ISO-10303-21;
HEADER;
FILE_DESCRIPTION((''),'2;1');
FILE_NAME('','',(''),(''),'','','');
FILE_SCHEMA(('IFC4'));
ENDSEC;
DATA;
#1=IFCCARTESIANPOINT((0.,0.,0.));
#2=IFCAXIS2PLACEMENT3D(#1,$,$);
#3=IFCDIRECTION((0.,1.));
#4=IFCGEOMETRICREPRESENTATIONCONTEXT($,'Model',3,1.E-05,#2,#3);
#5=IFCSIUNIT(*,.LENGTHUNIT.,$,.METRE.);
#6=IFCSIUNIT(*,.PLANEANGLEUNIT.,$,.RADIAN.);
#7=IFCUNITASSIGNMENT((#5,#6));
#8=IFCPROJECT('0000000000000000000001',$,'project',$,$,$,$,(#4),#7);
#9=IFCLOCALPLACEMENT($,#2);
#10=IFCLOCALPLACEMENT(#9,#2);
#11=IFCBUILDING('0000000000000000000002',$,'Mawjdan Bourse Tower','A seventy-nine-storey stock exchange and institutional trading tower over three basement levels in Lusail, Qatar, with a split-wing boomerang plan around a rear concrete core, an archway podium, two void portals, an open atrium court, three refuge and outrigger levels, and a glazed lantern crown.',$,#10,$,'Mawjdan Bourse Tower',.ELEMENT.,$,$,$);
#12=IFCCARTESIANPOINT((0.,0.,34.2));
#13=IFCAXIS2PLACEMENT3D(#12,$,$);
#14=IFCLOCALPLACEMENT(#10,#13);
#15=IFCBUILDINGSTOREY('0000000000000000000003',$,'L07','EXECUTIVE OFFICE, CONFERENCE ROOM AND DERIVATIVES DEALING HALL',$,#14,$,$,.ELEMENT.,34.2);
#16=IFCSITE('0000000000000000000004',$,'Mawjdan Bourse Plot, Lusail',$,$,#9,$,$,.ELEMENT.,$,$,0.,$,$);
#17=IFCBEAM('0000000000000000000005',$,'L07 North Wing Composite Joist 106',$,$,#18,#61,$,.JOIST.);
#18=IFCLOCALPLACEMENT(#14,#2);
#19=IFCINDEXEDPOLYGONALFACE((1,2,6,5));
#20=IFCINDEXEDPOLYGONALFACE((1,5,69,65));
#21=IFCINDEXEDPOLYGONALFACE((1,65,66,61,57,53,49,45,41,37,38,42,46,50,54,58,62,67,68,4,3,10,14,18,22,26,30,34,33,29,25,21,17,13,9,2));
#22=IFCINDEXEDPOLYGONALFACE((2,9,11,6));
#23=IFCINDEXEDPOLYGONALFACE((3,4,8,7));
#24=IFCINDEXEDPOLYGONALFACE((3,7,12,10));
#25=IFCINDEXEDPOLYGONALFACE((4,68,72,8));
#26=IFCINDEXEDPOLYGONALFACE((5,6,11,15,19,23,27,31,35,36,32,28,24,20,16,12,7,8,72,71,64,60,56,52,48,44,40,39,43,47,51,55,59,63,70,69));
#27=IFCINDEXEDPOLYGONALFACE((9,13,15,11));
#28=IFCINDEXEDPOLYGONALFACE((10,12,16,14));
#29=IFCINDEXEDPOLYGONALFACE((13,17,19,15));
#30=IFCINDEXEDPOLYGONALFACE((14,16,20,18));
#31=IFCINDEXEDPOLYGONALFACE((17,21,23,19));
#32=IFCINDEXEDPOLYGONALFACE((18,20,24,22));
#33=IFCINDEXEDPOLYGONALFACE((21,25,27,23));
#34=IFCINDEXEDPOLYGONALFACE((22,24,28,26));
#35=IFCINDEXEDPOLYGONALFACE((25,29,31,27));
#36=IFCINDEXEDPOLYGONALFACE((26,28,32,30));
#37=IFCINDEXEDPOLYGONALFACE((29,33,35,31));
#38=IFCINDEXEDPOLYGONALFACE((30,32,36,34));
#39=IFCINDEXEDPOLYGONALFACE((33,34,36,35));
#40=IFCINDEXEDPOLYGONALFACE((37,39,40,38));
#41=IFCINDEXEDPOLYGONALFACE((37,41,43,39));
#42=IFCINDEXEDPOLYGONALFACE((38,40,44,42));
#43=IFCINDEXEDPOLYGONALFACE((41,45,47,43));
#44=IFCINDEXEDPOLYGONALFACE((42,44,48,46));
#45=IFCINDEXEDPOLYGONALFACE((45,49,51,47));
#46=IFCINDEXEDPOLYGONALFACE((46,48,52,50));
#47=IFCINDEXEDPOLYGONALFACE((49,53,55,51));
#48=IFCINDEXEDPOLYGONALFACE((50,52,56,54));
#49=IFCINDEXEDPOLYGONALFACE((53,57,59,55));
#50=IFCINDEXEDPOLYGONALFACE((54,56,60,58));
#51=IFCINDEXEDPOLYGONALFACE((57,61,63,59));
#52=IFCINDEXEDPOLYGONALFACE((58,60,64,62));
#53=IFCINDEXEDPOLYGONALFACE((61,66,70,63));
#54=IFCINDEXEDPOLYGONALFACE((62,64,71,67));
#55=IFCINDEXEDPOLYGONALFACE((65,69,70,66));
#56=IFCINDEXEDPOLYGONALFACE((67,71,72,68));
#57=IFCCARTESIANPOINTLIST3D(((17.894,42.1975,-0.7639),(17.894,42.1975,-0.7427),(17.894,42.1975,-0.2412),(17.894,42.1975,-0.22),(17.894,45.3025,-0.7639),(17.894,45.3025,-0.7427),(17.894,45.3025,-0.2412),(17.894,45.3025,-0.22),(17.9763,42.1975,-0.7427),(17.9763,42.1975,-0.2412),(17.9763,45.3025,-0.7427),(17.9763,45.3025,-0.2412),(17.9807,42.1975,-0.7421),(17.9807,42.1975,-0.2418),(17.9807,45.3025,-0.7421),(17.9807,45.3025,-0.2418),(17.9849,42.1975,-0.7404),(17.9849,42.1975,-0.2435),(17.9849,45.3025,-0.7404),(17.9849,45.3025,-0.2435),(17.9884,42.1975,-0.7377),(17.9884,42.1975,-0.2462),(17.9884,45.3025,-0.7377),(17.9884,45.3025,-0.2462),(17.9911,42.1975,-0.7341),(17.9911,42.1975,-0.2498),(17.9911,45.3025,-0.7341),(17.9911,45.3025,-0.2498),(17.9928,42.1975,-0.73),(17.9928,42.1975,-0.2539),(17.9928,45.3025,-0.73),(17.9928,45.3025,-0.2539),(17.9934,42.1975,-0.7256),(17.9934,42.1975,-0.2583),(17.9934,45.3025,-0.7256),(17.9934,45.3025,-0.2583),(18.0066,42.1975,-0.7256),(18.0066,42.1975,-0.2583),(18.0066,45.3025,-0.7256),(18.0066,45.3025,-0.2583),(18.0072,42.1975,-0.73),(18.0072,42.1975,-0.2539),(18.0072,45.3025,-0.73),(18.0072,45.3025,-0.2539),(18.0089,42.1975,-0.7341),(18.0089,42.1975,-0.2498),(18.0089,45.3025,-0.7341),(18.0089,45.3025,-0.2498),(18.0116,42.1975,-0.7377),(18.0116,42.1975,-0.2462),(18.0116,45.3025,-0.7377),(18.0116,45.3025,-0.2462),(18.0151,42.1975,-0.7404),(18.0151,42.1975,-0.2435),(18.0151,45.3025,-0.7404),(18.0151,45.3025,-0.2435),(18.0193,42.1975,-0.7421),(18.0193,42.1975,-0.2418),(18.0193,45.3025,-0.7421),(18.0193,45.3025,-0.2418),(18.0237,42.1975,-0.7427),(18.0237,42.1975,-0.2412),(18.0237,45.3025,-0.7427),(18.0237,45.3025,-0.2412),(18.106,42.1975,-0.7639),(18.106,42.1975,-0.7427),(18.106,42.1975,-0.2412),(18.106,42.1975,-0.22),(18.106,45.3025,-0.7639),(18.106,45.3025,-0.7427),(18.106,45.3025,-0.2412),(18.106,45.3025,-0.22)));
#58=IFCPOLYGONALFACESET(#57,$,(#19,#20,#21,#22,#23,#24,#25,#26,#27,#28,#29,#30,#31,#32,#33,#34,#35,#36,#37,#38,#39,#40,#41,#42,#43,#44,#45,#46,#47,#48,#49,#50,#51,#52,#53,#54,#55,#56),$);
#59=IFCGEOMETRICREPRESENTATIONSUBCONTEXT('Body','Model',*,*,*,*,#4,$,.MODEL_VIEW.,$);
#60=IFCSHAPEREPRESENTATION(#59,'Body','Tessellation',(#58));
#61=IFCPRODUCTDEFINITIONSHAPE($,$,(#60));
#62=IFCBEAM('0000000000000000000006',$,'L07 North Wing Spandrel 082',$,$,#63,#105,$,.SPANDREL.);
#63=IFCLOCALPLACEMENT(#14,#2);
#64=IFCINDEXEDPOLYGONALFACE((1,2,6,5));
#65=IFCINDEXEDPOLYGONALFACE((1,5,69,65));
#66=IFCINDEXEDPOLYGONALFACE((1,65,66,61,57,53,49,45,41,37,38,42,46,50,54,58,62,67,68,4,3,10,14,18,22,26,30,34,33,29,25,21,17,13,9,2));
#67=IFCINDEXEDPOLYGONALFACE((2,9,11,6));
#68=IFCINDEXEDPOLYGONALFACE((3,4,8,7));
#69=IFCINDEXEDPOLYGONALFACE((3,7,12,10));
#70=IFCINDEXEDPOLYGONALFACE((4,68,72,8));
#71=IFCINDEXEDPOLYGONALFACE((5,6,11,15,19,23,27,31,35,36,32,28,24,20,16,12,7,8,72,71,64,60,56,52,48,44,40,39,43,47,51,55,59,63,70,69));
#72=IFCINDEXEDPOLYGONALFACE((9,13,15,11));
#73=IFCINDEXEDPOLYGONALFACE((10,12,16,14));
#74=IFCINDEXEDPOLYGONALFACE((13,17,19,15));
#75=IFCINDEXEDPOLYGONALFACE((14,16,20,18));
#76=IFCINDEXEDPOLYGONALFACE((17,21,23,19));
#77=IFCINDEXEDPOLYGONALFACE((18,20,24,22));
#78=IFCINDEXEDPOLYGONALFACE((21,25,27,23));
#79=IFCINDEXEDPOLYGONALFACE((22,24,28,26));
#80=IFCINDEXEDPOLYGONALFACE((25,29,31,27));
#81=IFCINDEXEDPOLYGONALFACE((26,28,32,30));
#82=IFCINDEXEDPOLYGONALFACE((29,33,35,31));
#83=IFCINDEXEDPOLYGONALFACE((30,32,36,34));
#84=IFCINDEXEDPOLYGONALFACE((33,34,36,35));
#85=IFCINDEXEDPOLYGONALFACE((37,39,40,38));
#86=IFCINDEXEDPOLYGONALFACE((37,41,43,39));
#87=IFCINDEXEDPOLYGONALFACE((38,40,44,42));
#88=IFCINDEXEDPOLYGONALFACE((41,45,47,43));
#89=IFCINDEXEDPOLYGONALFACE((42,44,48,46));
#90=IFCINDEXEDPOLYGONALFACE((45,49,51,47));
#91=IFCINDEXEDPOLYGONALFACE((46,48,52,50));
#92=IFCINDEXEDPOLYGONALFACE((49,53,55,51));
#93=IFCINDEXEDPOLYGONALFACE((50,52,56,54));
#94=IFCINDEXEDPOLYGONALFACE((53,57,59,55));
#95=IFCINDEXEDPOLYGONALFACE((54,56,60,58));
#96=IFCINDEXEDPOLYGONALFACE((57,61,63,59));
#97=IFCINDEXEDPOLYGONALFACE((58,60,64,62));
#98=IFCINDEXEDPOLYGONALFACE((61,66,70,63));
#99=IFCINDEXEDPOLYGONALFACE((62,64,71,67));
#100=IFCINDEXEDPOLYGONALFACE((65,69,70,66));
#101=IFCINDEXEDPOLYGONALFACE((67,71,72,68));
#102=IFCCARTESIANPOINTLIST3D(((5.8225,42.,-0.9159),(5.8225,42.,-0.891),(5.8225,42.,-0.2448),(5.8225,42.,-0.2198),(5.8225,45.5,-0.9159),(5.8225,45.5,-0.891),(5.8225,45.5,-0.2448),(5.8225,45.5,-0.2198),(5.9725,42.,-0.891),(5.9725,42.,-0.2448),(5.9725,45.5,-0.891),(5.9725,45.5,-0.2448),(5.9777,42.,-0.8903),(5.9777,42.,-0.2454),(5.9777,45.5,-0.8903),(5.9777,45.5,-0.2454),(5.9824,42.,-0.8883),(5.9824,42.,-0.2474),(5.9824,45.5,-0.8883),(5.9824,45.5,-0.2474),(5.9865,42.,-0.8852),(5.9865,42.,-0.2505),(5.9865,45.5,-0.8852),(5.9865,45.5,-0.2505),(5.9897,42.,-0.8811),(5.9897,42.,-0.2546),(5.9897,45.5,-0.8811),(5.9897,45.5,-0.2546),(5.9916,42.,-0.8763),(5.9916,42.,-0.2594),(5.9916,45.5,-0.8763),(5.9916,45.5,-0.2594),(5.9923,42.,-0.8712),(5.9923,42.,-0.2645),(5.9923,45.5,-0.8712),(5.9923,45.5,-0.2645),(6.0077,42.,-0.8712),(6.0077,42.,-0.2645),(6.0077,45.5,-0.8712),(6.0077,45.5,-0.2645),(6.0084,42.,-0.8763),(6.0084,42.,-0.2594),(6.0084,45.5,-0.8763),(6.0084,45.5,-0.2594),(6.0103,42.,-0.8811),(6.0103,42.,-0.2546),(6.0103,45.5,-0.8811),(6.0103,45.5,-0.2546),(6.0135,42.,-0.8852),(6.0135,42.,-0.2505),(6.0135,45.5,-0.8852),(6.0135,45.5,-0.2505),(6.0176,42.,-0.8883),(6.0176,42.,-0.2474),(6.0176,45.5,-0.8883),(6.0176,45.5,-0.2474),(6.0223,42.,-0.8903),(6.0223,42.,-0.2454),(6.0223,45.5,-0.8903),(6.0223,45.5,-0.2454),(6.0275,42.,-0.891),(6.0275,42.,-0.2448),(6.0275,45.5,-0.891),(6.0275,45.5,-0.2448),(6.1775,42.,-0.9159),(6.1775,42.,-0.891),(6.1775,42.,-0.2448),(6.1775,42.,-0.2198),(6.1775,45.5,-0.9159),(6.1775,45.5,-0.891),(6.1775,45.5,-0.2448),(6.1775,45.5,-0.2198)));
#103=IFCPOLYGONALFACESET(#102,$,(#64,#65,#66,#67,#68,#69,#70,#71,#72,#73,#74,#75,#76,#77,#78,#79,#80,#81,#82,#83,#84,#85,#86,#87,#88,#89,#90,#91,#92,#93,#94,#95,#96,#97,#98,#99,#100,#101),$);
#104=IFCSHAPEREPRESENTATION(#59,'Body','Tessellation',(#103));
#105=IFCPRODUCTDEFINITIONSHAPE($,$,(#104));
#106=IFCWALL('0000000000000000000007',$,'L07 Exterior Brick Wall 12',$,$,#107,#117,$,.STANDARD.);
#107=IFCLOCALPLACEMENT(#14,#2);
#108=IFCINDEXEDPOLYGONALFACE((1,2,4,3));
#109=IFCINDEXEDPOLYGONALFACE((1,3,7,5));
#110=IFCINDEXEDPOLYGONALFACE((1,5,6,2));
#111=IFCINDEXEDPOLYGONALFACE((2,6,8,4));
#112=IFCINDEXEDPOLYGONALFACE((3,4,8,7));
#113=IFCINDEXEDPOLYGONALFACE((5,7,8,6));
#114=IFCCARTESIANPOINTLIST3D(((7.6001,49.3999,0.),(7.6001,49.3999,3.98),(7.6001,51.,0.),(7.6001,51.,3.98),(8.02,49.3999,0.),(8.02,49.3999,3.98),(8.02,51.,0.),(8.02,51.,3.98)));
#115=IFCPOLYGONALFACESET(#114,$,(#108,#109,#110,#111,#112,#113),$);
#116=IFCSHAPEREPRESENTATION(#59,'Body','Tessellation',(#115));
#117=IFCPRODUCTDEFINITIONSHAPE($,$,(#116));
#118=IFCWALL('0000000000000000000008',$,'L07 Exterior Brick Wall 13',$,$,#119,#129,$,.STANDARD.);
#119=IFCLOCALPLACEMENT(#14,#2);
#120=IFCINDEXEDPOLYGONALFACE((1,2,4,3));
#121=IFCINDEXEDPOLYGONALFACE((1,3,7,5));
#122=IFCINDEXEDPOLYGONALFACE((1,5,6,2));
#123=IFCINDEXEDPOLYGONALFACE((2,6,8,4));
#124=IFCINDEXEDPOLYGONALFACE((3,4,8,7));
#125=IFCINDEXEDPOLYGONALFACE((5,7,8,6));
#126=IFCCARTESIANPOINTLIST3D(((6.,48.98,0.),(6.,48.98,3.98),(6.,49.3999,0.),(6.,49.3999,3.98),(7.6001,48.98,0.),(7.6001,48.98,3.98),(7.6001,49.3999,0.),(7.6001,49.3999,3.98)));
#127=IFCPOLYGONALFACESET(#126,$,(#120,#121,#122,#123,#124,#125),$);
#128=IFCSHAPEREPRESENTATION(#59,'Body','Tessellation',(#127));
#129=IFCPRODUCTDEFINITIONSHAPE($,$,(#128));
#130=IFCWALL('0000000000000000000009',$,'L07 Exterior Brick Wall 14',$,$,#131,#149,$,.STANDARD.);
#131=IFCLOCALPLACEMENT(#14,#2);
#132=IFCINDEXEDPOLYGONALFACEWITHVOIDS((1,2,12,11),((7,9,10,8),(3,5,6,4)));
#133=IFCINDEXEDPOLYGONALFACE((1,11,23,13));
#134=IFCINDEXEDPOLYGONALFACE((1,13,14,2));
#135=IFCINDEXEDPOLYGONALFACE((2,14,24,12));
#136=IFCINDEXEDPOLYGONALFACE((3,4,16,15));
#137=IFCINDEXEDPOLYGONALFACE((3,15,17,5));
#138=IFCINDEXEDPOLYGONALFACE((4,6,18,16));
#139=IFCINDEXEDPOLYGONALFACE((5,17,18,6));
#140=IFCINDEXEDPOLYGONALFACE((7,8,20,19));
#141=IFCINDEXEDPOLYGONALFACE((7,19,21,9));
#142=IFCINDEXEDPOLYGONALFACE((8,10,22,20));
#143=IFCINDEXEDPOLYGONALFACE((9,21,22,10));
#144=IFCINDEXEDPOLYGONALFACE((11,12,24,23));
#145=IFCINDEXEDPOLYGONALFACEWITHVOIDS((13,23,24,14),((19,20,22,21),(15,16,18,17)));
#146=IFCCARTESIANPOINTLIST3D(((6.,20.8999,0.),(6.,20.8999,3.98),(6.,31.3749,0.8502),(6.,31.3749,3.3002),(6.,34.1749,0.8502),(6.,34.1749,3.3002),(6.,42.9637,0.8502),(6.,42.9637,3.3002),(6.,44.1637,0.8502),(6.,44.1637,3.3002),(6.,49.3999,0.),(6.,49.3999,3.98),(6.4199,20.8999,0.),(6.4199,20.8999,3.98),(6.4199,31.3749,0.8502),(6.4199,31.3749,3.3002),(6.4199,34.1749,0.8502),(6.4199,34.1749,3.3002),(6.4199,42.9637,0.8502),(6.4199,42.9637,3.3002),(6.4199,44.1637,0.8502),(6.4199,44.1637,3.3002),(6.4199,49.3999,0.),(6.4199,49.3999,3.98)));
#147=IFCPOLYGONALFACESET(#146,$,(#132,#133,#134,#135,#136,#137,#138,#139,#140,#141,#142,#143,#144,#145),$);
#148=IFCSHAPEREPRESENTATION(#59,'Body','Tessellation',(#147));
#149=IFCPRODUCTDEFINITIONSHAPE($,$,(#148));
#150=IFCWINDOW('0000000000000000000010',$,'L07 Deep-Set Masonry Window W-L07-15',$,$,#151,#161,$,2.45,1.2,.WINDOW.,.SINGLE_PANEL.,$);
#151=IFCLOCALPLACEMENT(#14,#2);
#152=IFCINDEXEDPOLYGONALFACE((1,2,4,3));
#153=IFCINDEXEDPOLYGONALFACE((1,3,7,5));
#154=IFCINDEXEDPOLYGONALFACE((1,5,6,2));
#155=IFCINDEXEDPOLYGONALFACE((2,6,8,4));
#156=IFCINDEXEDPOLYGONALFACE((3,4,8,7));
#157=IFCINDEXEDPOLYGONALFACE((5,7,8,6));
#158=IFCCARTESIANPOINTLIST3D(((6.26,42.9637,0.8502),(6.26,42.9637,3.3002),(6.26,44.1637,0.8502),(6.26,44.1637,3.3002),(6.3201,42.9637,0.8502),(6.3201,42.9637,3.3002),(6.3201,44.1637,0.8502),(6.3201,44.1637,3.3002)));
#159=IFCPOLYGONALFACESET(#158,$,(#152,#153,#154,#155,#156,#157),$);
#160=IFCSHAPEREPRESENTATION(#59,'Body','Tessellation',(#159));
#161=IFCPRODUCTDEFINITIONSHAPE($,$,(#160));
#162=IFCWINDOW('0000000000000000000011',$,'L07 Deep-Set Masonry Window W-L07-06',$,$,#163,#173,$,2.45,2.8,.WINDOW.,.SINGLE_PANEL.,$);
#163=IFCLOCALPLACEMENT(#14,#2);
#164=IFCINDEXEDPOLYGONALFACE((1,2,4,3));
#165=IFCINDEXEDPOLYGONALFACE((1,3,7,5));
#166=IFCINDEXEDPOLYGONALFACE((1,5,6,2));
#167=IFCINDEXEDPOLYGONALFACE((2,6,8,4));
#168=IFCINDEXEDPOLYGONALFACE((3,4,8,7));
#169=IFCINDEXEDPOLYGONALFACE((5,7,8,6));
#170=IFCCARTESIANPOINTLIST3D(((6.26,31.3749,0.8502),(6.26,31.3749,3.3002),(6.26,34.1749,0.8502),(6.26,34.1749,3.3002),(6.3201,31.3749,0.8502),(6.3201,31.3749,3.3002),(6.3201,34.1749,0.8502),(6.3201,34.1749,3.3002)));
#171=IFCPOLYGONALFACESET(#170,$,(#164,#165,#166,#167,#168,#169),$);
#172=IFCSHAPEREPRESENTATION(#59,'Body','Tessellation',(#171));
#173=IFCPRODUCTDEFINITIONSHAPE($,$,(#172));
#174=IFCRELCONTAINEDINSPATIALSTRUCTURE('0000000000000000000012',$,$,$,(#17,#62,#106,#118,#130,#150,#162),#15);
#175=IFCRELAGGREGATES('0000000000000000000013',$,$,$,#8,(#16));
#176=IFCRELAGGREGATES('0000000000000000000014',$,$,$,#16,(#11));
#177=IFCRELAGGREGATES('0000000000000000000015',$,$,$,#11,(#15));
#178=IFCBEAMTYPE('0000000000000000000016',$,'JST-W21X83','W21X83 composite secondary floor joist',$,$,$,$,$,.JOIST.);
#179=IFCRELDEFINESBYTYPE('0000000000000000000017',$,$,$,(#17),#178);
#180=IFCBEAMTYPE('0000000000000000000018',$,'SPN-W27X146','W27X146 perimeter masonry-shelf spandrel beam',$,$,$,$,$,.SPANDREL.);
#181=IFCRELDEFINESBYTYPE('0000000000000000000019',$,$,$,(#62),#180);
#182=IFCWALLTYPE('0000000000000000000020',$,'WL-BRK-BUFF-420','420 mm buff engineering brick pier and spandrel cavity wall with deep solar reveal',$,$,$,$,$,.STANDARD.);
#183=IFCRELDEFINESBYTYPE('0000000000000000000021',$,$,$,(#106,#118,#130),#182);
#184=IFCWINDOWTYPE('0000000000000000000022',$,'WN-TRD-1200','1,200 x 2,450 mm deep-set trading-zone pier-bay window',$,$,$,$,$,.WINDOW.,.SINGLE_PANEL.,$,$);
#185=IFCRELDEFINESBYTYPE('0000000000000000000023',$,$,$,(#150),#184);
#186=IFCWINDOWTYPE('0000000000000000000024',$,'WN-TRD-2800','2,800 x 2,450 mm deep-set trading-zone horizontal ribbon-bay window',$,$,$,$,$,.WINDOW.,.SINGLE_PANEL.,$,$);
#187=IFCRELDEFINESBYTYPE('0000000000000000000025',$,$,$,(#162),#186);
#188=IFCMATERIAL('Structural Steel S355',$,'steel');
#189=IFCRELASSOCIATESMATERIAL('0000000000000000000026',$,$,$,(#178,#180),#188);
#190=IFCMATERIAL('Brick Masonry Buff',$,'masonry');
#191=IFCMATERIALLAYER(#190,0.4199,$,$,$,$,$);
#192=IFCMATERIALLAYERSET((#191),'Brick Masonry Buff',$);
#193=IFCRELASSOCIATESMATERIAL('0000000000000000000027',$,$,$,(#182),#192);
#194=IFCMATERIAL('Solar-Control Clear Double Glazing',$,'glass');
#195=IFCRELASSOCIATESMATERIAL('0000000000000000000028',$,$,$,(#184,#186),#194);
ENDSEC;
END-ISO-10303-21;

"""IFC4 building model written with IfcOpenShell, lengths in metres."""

from ifc_helpers import new_model, si_unit, direction, frame, frame_2d, origin, origin_2d, place, context, subcontext, project, spatial, rectangle, i_section, extrude, material, layer, layer_set, material_profile, profile_set, type_object, element, fill, save


model = new_model("IFC4")

# Units and contexts
model_context = context("Model", 3, precision=1e-05, world=origin(), true_north=direction((0.0, 1.0)))
body_context = subcontext(model_context, "Body", "Model", "MODEL_VIEW")
ifc_project = project(units=[si_unit("LENGTHUNIT", "METRE"), si_unit("PLANEANGLEUNIT", "RADIAN")], contexts=[model_context])

# Site, building, storey
site_placement = place(None, origin())
site = spatial("IfcSite", under=ifc_project, at=site_placement, Name="Mawjdan Bourse Plot, Lusail", CompositionType="ELEMENT", RefElevation=0.0)
building_placement = place(site_placement, origin())
building = spatial("IfcBuilding", under=site, at=building_placement, Name="Mawjdan Bourse Tower", Description="A seventy-nine-storey stock exchange and institutional trading tower over three basement levels in Lusail, Qatar, with a split-wing boomerang plan around a rear concrete core, an archway podium, two void portals, an open atrium court, three refuge and outrigger levels, and a glazed lantern crown.", LongName="Mawjdan Bourse Tower", CompositionType="ELEMENT")
storey_placement = place(building_placement, frame((0.0, 0.0, 34.2)))
storey = spatial("IfcBuildingStorey", under=building, at=storey_placement, Name="L07", Description="EXECUTIVE OFFICE, CONFERENCE ROOM AND DERIVATIVES DEALING HALL", CompositionType="ELEMENT", Elevation=34.2)

# Beams
ifc_material_1 = material(Name="Structural Steel S355", Category="steel")
ifc_material_profile_1 = material_profile(ifc_material_1, i_section(OverallWidth=0.2119, OverallDepth=0.5439, WebThickness=0.0132, FlangeThickness=0.0212, FilletRadius=0.0171, at=origin_2d()), Name="W21X83")
ifc_profile_set_1 = profile_set([ifc_material_profile_1], Name="Structural Steel S355")
beam_type_1 = type_object("IfcBeamType", Name="JST-W21X83", Description="W21X83 composite secondary floor joist", PredefinedType="JOIST", material=ifc_profile_set_1)
beam_1_placement = place(storey_placement, frame((18.0, 42.1975, -0.4919), z_axis=(0.0, 1.0, 0.0), x_axis=(-1.0, 0.0, 0.0)))
element("IfcBeam", 1, at=beam_1_placement, inside=storey, type_object=beam_type_1, Name="L07 North Wing Composite Joist 106", PredefinedType="JOIST", context=body_context, shape_type="SweptSolid", body=[
    extrude(i_section(OverallWidth=0.2119, OverallDepth=0.5439, WebThickness=0.0132, FlangeThickness=0.0212, FilletRadius=0.0171, at=origin_2d()), origin(), (0.0, 0.0, 1.0), 3.105),
])
ifc_material_profile_2 = material_profile(ifc_material_1, i_section(OverallWidth=0.355, OverallDepth=0.696, WebThickness=0.0154, FlangeThickness=0.0249, FilletRadius=0.0198, at=origin_2d()), Name="W27X146")
ifc_profile_set_2 = profile_set([ifc_material_profile_2], Name="Structural Steel S355")
beam_type_2 = type_object("IfcBeamType", Name="SPN-W27X146", Description="W27X146 perimeter masonry-shelf spandrel beam", PredefinedType="SPANDREL", material=ifc_profile_set_2)
beam_2_placement = place(storey_placement, frame((6.0, 42.0, -0.5679), z_axis=(0.0, 1.0, 0.0), x_axis=(-1.0, 0.0, 0.0)))
element("IfcBeam", 2, at=beam_2_placement, inside=storey, type_object=beam_type_2, Name="L07 North Wing Spandrel 082", PredefinedType="SPANDREL", context=body_context, shape_type="SweptSolid", body=[
    extrude(i_section(OverallWidth=0.355, OverallDepth=0.696, WebThickness=0.0154, FlangeThickness=0.0249, FilletRadius=0.0198, at=origin_2d()), origin(), (0.0, 0.0, 1.0), 3.5),
])

# Walls
ifc_material_2 = material(Name="Brick Masonry Buff", Category="masonry")
ifc_layer_1 = layer(ifc_material_2, 0.4199)
ifc_layer_set_1 = layer_set([ifc_layer_1], Name="Brick Masonry Buff")
wall_type_1 = type_object("IfcWallType", Name="WL-BRK-BUFF-420", Description="420 mm buff engineering brick pier and spandrel cavity wall with deep solar reveal", PredefinedType="STANDARD", material=ifc_layer_set_1)
for number, where, z_axis, x_axis, name in (
    (3, (7.8101, 51.0, 0.0), (0.0, 0.0, 1.0), (0.0, -1.0, 0.0), "L07 Exterior Brick Wall 12"),
    (4, (7.6001, 49.1899, 0.0), (0.0, 0.0, 1.0), (-1.0, 0.0, 0.0), "L07 Exterior Brick Wall 13"),
):
    element("IfcWall", number, at=place(storey_placement, frame(where, z_axis=z_axis, x_axis=x_axis)), inside=storey, type_object=wall_type_1, Name=name, PredefinedType="STANDARD", context=body_context, shape_type="SweptSolid", body=[
        extrude(rectangle(XDim=1.6001, YDim=0.4199, at=frame_2d((0.8, 0.0))), origin(), (0.0, 0.0, 1.0), 3.98),
    ])

# Wall, openings, windows
wall_1_placement = place(storey_placement, frame((6.21, 49.3999, 0.0), z_axis=(0.0, 0.0, 1.0), x_axis=(0.0, -1.0, 0.0)))
wall_1 = element("IfcWall", 5, at=wall_1_placement, inside=storey, type_object=wall_type_1, Name="L07 Exterior Brick Wall 14", PredefinedType="STANDARD", context=body_context, shape_type="SweptSolid", body=[
    extrude(rectangle(XDim=28.5, YDim=0.4199, at=frame_2d((14.25, 0.0))), origin(), (0.0, 0.0, 1.0), 3.98),
])
opening_1_placement = place(wall_1_placement, frame((15.2251, 0.0, 0.8501)))
opening_1 = element("IfcOpeningElement", 6, at=opening_1_placement, cuts=wall_1, PredefinedType="OPENING", context=body_context, shape_type="SweptSolid", body=[
    extrude(rectangle(XDim=2.8, YDim=2.45, at=frame_2d((1.3999, 1.2251))), frame((0.0, 0.22, 0.0), z_axis=(0.0, -1.0, 0.0), x_axis=(1.0, 0.0, 0.0)), (0.0, 0.0, 1.0), 0.4399),
])
opening_2_placement = place(wall_1_placement, frame((5.2361, 0.0, 0.8501)))
opening_2 = element("IfcOpeningElement", 7, at=opening_2_placement, cuts=wall_1, PredefinedType="OPENING", context=body_context, shape_type="SweptSolid", body=[
    extrude(rectangle(XDim=1.2, YDim=2.45, at=frame_2d((0.6001, 1.2251))), frame((0.0, 0.22, 0.0), z_axis=(0.0, -1.0, 0.0), x_axis=(1.0, 0.0, 0.0)), (0.0, 0.0, 1.0), 0.4399),
])
ifc_material_3 = material(Name="Solar-Control Clear Double Glazing", Category="glass")
window_type_1 = type_object("IfcWindowType", Name="WN-TRD-1200", Description="1,200 x 2,450 mm deep-set trading-zone pier-bay window", PartitioningType="SINGLE_PANEL", PredefinedType="WINDOW", material=ifc_material_3)
window_1_placement = place(opening_2_placement, origin())
window_1 = element("IfcWindow", 8, at=window_1_placement, inside=storey, type_object=window_type_1, Name="L07 Deep-Set Masonry Window W-L07-15", OverallHeight=2.45, OverallWidth=1.2, PartitioningType="SINGLE_PANEL", PredefinedType="WINDOW", context=body_context, shape_type="SweptSolid", body=[
    extrude(rectangle(XDim=1.2, YDim=2.45, at=frame_2d((0.6001, 1.2251))), frame((0.0, 0.1101, 0.0), z_axis=(0.0, -1.0, 0.0), x_axis=(1.0, 0.0, 0.0)), (0.0, 0.0, 1.0), 0.0601),
])
fill(opening_2, window_1)
window_type_2 = type_object("IfcWindowType", Name="WN-TRD-2800", Description="2,800 x 2,450 mm deep-set trading-zone horizontal ribbon-bay window", PartitioningType="SINGLE_PANEL", PredefinedType="WINDOW", material=ifc_material_3)
window_2_placement = place(opening_1_placement, origin())
window_2 = element("IfcWindow", 9, at=window_2_placement, inside=storey, type_object=window_type_2, Name="L07 Deep-Set Masonry Window W-L07-06", OverallHeight=2.45, OverallWidth=2.8, PartitioningType="SINGLE_PANEL", PredefinedType="WINDOW", context=body_context, shape_type="SweptSolid", body=[
    extrude(rectangle(XDim=2.8, YDim=2.45, at=frame_2d((1.3999, 1.2251))), frame((0.0, 0.1101, 0.0), z_axis=(0.0, -1.0, 0.0), x_axis=(1.0, 0.0, 0.0)), (0.0, 0.0, 1.0), 0.0601),
])
fill(opening_1, window_2)

save(model, "model.ifc")
